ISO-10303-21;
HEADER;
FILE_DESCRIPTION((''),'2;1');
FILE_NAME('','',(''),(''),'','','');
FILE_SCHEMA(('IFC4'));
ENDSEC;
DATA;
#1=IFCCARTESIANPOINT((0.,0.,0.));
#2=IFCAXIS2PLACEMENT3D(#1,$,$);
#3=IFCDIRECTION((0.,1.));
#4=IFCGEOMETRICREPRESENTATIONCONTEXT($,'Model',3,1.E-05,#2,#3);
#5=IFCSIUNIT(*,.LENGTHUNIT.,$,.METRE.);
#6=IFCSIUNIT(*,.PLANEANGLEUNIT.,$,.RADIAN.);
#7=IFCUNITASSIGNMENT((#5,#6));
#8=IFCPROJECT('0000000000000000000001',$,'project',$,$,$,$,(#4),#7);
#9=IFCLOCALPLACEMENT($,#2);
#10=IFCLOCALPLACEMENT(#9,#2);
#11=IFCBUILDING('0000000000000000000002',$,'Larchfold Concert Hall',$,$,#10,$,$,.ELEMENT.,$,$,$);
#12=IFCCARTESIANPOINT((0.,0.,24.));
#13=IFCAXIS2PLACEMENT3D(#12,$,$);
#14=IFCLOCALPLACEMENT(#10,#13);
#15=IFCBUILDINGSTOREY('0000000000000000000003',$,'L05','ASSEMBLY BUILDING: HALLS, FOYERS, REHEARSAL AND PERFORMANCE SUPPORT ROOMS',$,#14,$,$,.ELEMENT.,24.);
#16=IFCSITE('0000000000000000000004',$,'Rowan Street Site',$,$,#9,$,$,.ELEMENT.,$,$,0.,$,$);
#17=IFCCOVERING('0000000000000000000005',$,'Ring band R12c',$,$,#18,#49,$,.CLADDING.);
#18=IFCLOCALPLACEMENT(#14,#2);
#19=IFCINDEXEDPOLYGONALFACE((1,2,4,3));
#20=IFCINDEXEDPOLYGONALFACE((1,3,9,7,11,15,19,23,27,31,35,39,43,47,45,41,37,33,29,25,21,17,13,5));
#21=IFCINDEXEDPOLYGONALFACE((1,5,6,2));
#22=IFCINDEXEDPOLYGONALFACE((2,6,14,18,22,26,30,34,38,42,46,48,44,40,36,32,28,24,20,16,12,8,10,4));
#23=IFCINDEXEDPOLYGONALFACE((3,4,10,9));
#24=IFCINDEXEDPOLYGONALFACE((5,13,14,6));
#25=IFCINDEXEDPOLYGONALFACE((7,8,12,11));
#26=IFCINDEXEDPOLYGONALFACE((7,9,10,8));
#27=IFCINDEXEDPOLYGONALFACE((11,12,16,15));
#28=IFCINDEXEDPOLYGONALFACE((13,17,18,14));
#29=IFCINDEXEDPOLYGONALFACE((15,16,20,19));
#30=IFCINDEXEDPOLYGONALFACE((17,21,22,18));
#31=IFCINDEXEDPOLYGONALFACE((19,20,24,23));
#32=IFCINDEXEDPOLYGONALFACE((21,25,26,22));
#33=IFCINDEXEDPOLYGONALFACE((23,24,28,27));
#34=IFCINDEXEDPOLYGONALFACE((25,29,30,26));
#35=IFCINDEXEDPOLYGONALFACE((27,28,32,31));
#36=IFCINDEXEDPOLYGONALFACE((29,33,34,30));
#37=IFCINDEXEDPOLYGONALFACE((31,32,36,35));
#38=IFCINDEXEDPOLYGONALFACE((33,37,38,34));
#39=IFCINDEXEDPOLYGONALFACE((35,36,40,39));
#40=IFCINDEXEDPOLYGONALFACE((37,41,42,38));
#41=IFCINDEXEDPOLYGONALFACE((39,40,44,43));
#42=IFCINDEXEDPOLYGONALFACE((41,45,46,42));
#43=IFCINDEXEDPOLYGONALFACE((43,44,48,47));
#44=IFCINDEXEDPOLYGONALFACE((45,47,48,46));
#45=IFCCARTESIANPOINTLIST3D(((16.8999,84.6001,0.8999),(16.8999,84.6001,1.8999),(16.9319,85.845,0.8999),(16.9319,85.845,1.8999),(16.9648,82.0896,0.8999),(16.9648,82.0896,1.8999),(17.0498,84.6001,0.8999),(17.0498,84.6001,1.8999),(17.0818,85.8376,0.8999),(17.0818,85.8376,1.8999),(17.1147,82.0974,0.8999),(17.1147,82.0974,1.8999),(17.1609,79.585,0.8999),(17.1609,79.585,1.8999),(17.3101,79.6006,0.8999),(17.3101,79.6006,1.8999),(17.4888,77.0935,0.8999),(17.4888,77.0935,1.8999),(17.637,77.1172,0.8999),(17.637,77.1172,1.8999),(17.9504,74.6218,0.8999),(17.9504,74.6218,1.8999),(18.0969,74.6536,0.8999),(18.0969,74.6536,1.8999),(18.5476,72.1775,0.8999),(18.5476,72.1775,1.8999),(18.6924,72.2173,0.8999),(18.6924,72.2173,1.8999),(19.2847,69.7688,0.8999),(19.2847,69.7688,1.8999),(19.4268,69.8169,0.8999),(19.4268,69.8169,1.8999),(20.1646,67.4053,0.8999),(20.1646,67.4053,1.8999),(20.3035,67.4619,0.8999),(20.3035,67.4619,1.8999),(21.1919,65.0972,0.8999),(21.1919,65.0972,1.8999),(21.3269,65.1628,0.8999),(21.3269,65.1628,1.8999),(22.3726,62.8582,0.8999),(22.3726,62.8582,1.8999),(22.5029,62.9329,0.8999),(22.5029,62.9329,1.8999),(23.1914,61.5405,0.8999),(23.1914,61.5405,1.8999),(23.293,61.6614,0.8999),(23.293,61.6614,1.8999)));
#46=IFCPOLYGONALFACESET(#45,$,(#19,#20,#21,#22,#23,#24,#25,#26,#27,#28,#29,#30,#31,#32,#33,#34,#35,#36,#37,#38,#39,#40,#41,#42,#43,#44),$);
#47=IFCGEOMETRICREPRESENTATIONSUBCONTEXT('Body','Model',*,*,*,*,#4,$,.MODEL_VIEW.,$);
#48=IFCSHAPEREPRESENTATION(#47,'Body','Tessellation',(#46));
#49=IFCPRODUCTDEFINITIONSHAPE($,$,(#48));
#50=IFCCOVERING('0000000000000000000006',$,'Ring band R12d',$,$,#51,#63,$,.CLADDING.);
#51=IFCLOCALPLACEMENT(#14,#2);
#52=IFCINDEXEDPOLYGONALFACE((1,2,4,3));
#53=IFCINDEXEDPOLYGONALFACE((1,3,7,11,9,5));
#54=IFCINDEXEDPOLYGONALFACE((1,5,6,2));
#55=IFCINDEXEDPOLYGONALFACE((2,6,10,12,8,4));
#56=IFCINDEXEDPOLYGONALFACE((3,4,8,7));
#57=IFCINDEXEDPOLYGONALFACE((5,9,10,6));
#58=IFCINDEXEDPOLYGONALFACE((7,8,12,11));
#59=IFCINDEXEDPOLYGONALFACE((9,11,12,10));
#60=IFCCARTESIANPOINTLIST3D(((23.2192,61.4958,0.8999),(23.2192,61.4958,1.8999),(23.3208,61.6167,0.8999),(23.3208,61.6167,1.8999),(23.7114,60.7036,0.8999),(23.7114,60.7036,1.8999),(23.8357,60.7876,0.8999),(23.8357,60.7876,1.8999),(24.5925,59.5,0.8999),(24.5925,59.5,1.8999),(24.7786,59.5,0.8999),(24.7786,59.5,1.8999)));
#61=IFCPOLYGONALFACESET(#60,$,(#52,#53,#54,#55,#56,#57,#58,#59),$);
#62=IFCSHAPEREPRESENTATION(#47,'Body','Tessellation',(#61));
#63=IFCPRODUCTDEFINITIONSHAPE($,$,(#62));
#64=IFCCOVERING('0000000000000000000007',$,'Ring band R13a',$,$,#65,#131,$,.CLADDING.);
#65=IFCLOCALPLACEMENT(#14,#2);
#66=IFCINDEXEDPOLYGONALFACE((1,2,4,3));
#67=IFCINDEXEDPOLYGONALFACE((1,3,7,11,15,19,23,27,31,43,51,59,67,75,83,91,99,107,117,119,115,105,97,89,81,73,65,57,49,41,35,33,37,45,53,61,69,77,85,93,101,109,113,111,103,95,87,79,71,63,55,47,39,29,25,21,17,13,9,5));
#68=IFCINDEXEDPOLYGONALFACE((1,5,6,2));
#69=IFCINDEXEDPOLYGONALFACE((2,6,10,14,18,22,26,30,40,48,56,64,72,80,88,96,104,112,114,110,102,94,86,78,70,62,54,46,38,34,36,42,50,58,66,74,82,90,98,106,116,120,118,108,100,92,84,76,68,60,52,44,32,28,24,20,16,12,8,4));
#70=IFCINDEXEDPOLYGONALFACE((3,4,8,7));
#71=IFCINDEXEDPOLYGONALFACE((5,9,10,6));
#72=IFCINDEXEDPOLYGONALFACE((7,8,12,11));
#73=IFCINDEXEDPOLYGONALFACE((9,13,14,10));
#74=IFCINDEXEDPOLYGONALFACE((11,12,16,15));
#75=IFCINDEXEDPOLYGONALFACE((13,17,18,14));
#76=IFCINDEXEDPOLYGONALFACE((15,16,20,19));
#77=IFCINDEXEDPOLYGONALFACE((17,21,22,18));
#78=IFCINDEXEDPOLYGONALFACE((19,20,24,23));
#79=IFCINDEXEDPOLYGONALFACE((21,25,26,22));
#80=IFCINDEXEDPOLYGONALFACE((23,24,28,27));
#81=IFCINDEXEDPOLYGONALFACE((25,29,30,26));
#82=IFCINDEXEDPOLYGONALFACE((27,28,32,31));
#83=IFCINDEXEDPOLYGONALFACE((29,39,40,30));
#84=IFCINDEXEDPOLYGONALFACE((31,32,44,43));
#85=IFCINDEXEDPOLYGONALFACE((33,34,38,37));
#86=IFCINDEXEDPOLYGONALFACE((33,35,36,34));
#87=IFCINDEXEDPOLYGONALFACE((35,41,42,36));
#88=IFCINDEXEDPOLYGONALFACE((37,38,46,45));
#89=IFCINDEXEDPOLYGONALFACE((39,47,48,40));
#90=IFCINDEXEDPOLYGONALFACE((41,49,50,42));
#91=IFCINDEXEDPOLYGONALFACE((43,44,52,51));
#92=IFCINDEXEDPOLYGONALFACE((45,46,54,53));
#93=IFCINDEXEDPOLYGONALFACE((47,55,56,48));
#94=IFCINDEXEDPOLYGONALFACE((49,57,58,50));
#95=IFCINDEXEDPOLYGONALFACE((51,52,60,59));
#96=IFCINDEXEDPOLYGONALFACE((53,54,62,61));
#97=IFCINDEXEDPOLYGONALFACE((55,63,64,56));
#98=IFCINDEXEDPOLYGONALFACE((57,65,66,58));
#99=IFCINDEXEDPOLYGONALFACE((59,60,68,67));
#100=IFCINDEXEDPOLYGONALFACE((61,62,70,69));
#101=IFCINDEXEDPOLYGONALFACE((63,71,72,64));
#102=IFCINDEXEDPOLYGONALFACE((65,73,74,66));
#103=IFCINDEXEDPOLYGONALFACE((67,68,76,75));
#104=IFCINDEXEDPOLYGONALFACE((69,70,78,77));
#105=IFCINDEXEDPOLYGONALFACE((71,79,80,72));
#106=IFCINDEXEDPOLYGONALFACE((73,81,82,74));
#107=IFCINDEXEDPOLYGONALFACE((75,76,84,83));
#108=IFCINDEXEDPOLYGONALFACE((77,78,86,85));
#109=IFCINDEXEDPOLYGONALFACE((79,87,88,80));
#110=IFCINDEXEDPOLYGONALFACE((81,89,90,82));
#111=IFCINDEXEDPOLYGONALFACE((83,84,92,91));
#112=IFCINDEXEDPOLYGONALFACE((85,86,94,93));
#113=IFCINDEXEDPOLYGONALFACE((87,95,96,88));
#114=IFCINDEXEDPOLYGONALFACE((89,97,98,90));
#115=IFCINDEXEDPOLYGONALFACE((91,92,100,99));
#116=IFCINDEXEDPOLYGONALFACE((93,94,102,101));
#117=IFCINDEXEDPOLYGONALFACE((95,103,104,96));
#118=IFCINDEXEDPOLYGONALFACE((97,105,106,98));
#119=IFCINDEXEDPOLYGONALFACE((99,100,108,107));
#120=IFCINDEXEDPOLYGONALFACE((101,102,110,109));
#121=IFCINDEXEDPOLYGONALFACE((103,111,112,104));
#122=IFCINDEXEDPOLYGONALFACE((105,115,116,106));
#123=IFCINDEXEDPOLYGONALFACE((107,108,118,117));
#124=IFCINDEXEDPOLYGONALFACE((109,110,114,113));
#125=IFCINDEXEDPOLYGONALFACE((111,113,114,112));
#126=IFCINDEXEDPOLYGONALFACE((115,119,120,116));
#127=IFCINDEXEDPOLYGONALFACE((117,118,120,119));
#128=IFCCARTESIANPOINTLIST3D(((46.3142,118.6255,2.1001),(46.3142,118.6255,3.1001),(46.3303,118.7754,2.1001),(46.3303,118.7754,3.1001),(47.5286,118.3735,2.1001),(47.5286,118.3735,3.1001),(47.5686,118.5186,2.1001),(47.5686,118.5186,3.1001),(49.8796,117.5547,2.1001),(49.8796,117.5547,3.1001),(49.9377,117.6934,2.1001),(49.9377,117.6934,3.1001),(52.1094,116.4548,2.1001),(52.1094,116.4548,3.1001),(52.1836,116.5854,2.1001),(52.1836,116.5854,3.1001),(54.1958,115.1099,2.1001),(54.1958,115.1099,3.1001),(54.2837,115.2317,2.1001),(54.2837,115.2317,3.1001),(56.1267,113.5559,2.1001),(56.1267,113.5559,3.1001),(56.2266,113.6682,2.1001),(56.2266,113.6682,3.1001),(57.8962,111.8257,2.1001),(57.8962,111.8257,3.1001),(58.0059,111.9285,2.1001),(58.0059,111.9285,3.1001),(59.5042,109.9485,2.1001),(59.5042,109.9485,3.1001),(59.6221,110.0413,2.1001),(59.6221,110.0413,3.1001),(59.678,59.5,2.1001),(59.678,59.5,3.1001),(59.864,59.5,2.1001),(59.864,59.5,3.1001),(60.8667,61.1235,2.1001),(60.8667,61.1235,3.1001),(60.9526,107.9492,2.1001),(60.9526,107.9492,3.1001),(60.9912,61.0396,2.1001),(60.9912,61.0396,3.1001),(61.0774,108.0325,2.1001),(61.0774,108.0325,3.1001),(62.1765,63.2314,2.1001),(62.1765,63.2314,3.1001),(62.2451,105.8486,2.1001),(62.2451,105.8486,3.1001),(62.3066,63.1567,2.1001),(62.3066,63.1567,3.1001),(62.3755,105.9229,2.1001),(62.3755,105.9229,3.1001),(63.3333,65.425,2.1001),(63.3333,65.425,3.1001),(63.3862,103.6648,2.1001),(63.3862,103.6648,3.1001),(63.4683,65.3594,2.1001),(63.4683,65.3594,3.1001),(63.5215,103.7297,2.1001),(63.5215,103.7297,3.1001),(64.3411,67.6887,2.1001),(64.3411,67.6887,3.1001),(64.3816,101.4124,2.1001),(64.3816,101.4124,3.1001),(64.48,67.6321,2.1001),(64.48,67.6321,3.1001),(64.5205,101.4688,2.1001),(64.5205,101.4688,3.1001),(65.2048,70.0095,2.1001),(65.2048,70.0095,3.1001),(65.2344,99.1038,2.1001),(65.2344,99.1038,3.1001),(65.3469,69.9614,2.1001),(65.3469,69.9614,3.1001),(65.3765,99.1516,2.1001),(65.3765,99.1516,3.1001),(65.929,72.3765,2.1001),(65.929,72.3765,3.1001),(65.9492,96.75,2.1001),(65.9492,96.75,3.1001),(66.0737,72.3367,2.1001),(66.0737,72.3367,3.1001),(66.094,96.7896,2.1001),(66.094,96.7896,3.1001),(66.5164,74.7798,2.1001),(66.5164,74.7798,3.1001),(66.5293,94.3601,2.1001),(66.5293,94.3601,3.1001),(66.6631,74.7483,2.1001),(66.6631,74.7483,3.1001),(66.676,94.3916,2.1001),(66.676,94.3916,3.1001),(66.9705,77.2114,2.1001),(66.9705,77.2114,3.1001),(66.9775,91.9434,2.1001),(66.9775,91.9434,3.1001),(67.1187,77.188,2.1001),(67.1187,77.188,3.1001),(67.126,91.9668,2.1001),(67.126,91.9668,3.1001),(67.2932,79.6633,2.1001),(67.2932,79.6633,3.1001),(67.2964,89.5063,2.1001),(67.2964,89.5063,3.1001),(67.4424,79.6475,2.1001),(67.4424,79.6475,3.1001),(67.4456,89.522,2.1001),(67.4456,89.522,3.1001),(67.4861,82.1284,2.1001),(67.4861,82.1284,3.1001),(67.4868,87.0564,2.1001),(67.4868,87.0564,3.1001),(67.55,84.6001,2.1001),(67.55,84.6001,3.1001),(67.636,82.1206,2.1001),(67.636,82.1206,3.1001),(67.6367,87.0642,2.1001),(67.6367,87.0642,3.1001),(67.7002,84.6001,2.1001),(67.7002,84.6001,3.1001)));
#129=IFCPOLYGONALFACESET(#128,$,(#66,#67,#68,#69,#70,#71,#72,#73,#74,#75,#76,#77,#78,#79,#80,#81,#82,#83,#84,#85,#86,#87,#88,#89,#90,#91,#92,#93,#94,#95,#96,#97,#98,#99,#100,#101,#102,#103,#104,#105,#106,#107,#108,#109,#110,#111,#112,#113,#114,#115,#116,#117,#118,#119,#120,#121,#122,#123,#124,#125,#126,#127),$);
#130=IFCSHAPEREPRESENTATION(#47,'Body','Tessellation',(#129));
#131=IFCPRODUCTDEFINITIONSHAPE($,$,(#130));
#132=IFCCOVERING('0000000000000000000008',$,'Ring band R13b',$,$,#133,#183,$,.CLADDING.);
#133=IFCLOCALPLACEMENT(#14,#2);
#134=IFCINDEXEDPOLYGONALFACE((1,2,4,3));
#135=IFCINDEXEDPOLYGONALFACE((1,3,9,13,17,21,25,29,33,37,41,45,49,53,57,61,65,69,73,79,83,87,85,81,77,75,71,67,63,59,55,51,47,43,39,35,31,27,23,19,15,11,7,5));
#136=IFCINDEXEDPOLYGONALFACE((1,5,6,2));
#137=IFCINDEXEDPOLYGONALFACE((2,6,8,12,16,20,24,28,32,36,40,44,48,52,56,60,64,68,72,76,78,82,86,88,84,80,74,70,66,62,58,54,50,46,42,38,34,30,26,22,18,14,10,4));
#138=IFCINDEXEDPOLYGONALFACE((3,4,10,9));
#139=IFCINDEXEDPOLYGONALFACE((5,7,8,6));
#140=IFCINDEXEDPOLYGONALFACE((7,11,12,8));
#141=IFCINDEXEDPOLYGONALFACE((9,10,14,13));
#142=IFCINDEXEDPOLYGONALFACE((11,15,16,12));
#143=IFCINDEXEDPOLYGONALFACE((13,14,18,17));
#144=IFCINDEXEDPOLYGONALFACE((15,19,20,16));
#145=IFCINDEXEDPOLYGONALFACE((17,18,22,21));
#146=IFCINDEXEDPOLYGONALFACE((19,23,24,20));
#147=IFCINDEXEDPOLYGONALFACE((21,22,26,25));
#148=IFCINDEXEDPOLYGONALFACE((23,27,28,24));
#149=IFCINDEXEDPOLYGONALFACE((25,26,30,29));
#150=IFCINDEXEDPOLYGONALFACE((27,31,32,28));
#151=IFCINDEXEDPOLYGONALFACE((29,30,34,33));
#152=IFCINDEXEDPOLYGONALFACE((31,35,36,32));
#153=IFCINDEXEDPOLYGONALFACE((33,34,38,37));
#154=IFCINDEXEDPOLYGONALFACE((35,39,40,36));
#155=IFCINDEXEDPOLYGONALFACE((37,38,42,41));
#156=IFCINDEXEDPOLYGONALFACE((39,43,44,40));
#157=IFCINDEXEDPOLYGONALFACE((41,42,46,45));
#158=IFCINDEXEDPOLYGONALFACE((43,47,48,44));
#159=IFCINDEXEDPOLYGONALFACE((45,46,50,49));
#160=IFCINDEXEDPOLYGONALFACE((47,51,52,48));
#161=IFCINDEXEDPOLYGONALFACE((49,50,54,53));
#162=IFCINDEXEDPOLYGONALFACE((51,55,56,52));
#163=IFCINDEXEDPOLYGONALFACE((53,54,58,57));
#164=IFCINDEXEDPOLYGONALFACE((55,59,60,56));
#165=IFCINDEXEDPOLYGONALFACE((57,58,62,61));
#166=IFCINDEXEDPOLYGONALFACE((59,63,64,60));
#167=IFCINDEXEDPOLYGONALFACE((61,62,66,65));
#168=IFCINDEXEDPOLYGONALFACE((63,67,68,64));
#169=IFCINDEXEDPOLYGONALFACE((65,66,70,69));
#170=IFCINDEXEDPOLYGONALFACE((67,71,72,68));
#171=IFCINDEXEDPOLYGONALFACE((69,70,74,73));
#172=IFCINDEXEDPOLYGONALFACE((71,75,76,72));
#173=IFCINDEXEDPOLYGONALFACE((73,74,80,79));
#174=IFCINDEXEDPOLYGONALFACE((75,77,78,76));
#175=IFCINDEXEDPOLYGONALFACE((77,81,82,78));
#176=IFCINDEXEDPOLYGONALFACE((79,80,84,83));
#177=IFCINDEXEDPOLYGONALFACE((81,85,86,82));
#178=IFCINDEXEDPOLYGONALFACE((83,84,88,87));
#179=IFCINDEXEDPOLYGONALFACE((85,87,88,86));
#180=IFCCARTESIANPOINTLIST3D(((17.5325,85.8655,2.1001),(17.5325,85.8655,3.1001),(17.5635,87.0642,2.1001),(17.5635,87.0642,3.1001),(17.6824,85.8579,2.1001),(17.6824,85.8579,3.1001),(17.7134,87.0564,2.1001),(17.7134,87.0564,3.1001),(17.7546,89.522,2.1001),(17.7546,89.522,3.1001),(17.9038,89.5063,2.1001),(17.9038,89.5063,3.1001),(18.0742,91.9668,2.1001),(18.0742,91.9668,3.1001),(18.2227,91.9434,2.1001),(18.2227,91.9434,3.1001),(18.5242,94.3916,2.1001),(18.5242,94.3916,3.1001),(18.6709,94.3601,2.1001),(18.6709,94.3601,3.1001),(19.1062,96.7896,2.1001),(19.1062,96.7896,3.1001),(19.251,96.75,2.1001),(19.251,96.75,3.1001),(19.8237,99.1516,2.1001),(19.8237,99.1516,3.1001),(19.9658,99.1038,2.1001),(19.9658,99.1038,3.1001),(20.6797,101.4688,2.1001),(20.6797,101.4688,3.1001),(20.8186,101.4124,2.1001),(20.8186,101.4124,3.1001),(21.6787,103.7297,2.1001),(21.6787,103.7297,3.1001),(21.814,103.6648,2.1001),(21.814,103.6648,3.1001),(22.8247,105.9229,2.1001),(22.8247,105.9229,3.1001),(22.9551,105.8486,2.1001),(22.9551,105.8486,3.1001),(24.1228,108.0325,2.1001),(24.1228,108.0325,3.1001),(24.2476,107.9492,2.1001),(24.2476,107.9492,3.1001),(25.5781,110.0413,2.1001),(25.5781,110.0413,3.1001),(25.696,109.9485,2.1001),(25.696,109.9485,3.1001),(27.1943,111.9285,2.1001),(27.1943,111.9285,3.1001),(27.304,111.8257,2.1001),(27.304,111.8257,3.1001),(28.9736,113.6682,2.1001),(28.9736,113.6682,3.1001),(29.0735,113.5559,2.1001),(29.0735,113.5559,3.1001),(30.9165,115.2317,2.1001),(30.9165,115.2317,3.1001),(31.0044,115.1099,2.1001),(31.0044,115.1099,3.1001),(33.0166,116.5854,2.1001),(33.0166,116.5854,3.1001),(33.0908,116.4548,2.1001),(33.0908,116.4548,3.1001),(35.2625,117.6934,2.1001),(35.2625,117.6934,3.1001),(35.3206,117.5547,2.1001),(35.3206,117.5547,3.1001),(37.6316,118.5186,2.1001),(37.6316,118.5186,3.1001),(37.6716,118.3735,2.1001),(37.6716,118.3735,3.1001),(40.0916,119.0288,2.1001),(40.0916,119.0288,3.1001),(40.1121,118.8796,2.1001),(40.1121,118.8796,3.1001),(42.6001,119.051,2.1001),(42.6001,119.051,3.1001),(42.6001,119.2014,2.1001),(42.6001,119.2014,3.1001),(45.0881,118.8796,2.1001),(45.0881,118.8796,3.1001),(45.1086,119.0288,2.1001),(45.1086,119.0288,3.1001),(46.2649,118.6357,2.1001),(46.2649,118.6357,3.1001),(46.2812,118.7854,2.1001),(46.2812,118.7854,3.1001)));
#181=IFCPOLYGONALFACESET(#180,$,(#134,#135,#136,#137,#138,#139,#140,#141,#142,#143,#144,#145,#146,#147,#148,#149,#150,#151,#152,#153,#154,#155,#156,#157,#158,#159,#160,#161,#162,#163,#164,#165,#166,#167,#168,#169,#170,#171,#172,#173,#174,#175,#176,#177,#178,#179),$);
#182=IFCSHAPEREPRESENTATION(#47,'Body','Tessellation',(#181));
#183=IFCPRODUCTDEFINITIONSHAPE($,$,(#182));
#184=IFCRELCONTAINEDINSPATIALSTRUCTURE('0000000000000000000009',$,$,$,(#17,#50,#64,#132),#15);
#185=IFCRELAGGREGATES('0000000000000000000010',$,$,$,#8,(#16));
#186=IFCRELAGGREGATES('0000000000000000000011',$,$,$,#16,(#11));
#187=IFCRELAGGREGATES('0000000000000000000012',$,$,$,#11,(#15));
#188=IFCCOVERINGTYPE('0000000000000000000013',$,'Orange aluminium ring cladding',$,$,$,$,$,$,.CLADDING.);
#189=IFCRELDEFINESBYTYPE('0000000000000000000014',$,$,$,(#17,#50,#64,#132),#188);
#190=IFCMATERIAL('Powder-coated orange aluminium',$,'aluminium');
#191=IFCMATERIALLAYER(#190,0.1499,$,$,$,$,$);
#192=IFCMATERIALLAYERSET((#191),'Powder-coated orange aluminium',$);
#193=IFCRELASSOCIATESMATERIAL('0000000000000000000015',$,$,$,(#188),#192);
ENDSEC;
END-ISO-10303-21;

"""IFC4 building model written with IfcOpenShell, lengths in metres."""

from ifc_helpers import new_model, si_unit, direction, frame, origin, place, context, subcontext, project, spatial, polyline, outline, extrude, material, layer, layer_set, type_object, element, save


model = new_model("IFC4")

# Units and contexts
model_context = context("Model", 3, precision=1e-05, world=origin(), true_north=direction((0.0, 1.0)))
body_context = subcontext(model_context, "Body", "Model", "MODEL_VIEW")
ifc_project = project(units=[si_unit("LENGTHUNIT", "METRE"), si_unit("PLANEANGLEUNIT", "RADIAN")], contexts=[model_context])

# Site, building, storey
site_placement = place(None, origin())
site = spatial("IfcSite", under=ifc_project, at=site_placement, Name="Rowan Street Site", CompositionType="ELEMENT", RefElevation=0.0)
building_placement = place(site_placement, origin())
building = spatial("IfcBuilding", under=site, at=building_placement, Name="Larchfold Concert Hall", CompositionType="ELEMENT")
storey_placement = place(building_placement, frame((0.0, 0.0, 24.0)))
storey = spatial("IfcBuildingStorey", under=building, at=storey_placement, Name="L05", Description="ASSEMBLY BUILDING: HALLS, FOYERS, REHEARSAL AND PERFORMANCE SUPPORT ROOMS", CompositionType="ELEMENT", Elevation=24.0)

# Coverings
ifc_material_1 = material(Name="Powder-coated orange aluminium", Category="aluminium")
ifc_layer_1 = layer(ifc_material_1, 0.1499)
ifc_layer_set_1 = layer_set([ifc_layer_1], Name="Powder-coated orange aluminium")
covering_type_1 = type_object("IfcCoveringType", Name="Orange aluminium ring cladding", PredefinedType="CLADDING", material=ifc_layer_set_1)
covering_1_placement = place(storey_placement, frame((0.0, 0.0, 0.8999)))
element("IfcCovering", 1, at=covering_1_placement, inside=storey, type_object=covering_type_1, Name="Ring band R12c", PredefinedType="CLADDING", context=body_context, shape_type="SweptSolid", body=[
    extrude(outline(polyline([(17.0498, 84.6001), (17.0818, 85.8376), (16.9319, 85.845), (16.8999, 84.6001), (16.9648, 82.0896), (17.1609, 79.585), (17.4888, 77.0935), (17.9504, 74.6218), (18.5476, 72.1775), (19.2847, 69.7688), (20.1646, 67.4053), (21.1919, 65.0972), (22.3726, 62.8582), (23.1914, 61.5405), (23.293, 61.6614), (22.5029, 62.9329), (21.3269, 65.1628), (20.3035, 67.4619), (19.4268, 69.8169), (18.6924, 72.2173), (18.0969, 74.6536), (17.637, 77.1172), (17.3101, 79.6006), (17.1147, 82.0974), (17.0498, 84.6001)])), origin(), (0.0, 0.0, 1.0), 1.0),
])
covering_2_placement = place(storey_placement, frame((0.0, 0.0, 0.8999)))
element("IfcCovering", 2, at=covering_2_placement, inside=storey, type_object=covering_type_1, Name="Ring band R12d", PredefinedType="CLADDING", context=body_context, shape_type="SweptSolid", body=[
    extrude(outline(polyline([(23.3208, 61.6167), (23.2192, 61.4958), (23.7114, 60.7036), (24.5925, 59.5), (24.7786, 59.5), (23.8357, 60.7876), (23.3208, 61.6167)])), origin(), (0.0, 0.0, 1.0), 1.0),
])
covering_3_placement = place(storey_placement, frame((0.0, 0.0, 2.1001)))
element("IfcCovering", 3, at=covering_3_placement, inside=storey, type_object=covering_type_1, Name="Ring band R13a", PredefinedType="CLADDING", context=body_context, shape_type="SweptSolid", body=[
    extrude(outline(polyline([(66.6631, 74.7483), (67.1187, 77.188), (67.4424, 79.6475), (67.636, 82.1206), (67.7002, 84.6001), (67.6367, 87.0642), (67.4456, 89.522), (67.126, 91.9668), (66.676, 94.3916), (66.094, 96.7896), (65.3765, 99.1516), (64.5205, 101.4688), (63.5215, 103.7297), (62.3755, 105.9229), (61.0774, 108.0325), (59.6221, 110.0413), (58.0059, 111.9285), (56.2266, 113.6682), (54.2837, 115.2317), (52.1836, 116.5854), (49.9377, 117.6934), (47.5686, 118.5186), (46.3303, 118.7754), (46.3142, 118.6255), (47.5286, 118.3735), (49.8796, 117.5547), (52.1094, 116.4548), (54.1958, 115.1099), (56.1267, 113.5559), (57.8962, 111.8257), (59.5042, 109.9485), (60.9526, 107.9492), (62.2451, 105.8486), (63.3862, 103.6648), (64.3816, 101.4124), (65.2344, 99.1038), (65.9492, 96.75), (66.5293, 94.3601), (66.9775, 91.9434), (67.2964, 89.5063), (67.4868, 87.0564), (67.55, 84.6001), (67.4861, 82.1284), (67.2932, 79.6633), (66.9705, 77.2114), (66.5164, 74.7798), (65.929, 72.3765), (65.2048, 70.0095), (64.3411, 67.6887), (63.3333, 65.425), (62.1765, 63.2314), (60.8667, 61.1235), (59.678, 59.5), (59.864, 59.5), (60.9912, 61.0396), (62.3066, 63.1567), (63.4683, 65.3594), (64.48, 67.6321), (65.3469, 69.9614), (66.0737, 72.3367), (66.6631, 74.7483)])), origin(), (0.0, 0.0, 1.0), 1.0),
])
covering_4_placement = place(storey_placement, frame((0.0, 0.0, 2.1001)))
element("IfcCovering", 4, at=covering_4_placement, inside=storey, type_object=covering_type_1, Name="Ring band R13b", PredefinedType="CLADDING", context=body_context, shape_type="SweptSolid", body=[
    extrude(outline(polyline([(42.6001, 119.051), (45.0881, 118.8796), (46.2649, 118.6357), (46.2812, 118.7854), (45.1086, 119.0288), (42.6001, 119.2014), (40.0916, 119.0288), (37.6316, 118.5186), (35.2625, 117.6934), (33.0166, 116.5854), (30.9165, 115.2317), (28.9736, 113.6682), (27.1943, 111.9285), (25.5781, 110.0413), (24.1228, 108.0325), (22.8247, 105.9229), (21.6787, 103.7297), (20.6797, 101.4688), (19.8237, 99.1516), (19.1062, 96.7896), (18.5242, 94.3916), (18.0742, 91.9668), (17.7546, 89.522), (17.5635, 87.0642), (17.5325, 85.8655), (17.6824, 85.8579), (17.7134, 87.0564), (17.9038, 89.5063), (18.2227, 91.9434), (18.6709, 94.3601), (19.251, 96.75), (19.9658, 99.1038), (20.8186, 101.4124), (21.814, 103.6648), (22.9551, 105.8486), (24.2476, 107.9492), (25.696, 109.9485), (27.304, 111.8257), (29.0735, 113.5559), (31.0044, 115.1099), (33.0908, 116.4548), (35.3206, 117.5547), (37.6716, 118.3735), (40.1121, 118.8796), (42.6001, 119.051)])), origin(), (0.0, 0.0, 1.0), 1.0),
])

save(model, "model.ifc")
